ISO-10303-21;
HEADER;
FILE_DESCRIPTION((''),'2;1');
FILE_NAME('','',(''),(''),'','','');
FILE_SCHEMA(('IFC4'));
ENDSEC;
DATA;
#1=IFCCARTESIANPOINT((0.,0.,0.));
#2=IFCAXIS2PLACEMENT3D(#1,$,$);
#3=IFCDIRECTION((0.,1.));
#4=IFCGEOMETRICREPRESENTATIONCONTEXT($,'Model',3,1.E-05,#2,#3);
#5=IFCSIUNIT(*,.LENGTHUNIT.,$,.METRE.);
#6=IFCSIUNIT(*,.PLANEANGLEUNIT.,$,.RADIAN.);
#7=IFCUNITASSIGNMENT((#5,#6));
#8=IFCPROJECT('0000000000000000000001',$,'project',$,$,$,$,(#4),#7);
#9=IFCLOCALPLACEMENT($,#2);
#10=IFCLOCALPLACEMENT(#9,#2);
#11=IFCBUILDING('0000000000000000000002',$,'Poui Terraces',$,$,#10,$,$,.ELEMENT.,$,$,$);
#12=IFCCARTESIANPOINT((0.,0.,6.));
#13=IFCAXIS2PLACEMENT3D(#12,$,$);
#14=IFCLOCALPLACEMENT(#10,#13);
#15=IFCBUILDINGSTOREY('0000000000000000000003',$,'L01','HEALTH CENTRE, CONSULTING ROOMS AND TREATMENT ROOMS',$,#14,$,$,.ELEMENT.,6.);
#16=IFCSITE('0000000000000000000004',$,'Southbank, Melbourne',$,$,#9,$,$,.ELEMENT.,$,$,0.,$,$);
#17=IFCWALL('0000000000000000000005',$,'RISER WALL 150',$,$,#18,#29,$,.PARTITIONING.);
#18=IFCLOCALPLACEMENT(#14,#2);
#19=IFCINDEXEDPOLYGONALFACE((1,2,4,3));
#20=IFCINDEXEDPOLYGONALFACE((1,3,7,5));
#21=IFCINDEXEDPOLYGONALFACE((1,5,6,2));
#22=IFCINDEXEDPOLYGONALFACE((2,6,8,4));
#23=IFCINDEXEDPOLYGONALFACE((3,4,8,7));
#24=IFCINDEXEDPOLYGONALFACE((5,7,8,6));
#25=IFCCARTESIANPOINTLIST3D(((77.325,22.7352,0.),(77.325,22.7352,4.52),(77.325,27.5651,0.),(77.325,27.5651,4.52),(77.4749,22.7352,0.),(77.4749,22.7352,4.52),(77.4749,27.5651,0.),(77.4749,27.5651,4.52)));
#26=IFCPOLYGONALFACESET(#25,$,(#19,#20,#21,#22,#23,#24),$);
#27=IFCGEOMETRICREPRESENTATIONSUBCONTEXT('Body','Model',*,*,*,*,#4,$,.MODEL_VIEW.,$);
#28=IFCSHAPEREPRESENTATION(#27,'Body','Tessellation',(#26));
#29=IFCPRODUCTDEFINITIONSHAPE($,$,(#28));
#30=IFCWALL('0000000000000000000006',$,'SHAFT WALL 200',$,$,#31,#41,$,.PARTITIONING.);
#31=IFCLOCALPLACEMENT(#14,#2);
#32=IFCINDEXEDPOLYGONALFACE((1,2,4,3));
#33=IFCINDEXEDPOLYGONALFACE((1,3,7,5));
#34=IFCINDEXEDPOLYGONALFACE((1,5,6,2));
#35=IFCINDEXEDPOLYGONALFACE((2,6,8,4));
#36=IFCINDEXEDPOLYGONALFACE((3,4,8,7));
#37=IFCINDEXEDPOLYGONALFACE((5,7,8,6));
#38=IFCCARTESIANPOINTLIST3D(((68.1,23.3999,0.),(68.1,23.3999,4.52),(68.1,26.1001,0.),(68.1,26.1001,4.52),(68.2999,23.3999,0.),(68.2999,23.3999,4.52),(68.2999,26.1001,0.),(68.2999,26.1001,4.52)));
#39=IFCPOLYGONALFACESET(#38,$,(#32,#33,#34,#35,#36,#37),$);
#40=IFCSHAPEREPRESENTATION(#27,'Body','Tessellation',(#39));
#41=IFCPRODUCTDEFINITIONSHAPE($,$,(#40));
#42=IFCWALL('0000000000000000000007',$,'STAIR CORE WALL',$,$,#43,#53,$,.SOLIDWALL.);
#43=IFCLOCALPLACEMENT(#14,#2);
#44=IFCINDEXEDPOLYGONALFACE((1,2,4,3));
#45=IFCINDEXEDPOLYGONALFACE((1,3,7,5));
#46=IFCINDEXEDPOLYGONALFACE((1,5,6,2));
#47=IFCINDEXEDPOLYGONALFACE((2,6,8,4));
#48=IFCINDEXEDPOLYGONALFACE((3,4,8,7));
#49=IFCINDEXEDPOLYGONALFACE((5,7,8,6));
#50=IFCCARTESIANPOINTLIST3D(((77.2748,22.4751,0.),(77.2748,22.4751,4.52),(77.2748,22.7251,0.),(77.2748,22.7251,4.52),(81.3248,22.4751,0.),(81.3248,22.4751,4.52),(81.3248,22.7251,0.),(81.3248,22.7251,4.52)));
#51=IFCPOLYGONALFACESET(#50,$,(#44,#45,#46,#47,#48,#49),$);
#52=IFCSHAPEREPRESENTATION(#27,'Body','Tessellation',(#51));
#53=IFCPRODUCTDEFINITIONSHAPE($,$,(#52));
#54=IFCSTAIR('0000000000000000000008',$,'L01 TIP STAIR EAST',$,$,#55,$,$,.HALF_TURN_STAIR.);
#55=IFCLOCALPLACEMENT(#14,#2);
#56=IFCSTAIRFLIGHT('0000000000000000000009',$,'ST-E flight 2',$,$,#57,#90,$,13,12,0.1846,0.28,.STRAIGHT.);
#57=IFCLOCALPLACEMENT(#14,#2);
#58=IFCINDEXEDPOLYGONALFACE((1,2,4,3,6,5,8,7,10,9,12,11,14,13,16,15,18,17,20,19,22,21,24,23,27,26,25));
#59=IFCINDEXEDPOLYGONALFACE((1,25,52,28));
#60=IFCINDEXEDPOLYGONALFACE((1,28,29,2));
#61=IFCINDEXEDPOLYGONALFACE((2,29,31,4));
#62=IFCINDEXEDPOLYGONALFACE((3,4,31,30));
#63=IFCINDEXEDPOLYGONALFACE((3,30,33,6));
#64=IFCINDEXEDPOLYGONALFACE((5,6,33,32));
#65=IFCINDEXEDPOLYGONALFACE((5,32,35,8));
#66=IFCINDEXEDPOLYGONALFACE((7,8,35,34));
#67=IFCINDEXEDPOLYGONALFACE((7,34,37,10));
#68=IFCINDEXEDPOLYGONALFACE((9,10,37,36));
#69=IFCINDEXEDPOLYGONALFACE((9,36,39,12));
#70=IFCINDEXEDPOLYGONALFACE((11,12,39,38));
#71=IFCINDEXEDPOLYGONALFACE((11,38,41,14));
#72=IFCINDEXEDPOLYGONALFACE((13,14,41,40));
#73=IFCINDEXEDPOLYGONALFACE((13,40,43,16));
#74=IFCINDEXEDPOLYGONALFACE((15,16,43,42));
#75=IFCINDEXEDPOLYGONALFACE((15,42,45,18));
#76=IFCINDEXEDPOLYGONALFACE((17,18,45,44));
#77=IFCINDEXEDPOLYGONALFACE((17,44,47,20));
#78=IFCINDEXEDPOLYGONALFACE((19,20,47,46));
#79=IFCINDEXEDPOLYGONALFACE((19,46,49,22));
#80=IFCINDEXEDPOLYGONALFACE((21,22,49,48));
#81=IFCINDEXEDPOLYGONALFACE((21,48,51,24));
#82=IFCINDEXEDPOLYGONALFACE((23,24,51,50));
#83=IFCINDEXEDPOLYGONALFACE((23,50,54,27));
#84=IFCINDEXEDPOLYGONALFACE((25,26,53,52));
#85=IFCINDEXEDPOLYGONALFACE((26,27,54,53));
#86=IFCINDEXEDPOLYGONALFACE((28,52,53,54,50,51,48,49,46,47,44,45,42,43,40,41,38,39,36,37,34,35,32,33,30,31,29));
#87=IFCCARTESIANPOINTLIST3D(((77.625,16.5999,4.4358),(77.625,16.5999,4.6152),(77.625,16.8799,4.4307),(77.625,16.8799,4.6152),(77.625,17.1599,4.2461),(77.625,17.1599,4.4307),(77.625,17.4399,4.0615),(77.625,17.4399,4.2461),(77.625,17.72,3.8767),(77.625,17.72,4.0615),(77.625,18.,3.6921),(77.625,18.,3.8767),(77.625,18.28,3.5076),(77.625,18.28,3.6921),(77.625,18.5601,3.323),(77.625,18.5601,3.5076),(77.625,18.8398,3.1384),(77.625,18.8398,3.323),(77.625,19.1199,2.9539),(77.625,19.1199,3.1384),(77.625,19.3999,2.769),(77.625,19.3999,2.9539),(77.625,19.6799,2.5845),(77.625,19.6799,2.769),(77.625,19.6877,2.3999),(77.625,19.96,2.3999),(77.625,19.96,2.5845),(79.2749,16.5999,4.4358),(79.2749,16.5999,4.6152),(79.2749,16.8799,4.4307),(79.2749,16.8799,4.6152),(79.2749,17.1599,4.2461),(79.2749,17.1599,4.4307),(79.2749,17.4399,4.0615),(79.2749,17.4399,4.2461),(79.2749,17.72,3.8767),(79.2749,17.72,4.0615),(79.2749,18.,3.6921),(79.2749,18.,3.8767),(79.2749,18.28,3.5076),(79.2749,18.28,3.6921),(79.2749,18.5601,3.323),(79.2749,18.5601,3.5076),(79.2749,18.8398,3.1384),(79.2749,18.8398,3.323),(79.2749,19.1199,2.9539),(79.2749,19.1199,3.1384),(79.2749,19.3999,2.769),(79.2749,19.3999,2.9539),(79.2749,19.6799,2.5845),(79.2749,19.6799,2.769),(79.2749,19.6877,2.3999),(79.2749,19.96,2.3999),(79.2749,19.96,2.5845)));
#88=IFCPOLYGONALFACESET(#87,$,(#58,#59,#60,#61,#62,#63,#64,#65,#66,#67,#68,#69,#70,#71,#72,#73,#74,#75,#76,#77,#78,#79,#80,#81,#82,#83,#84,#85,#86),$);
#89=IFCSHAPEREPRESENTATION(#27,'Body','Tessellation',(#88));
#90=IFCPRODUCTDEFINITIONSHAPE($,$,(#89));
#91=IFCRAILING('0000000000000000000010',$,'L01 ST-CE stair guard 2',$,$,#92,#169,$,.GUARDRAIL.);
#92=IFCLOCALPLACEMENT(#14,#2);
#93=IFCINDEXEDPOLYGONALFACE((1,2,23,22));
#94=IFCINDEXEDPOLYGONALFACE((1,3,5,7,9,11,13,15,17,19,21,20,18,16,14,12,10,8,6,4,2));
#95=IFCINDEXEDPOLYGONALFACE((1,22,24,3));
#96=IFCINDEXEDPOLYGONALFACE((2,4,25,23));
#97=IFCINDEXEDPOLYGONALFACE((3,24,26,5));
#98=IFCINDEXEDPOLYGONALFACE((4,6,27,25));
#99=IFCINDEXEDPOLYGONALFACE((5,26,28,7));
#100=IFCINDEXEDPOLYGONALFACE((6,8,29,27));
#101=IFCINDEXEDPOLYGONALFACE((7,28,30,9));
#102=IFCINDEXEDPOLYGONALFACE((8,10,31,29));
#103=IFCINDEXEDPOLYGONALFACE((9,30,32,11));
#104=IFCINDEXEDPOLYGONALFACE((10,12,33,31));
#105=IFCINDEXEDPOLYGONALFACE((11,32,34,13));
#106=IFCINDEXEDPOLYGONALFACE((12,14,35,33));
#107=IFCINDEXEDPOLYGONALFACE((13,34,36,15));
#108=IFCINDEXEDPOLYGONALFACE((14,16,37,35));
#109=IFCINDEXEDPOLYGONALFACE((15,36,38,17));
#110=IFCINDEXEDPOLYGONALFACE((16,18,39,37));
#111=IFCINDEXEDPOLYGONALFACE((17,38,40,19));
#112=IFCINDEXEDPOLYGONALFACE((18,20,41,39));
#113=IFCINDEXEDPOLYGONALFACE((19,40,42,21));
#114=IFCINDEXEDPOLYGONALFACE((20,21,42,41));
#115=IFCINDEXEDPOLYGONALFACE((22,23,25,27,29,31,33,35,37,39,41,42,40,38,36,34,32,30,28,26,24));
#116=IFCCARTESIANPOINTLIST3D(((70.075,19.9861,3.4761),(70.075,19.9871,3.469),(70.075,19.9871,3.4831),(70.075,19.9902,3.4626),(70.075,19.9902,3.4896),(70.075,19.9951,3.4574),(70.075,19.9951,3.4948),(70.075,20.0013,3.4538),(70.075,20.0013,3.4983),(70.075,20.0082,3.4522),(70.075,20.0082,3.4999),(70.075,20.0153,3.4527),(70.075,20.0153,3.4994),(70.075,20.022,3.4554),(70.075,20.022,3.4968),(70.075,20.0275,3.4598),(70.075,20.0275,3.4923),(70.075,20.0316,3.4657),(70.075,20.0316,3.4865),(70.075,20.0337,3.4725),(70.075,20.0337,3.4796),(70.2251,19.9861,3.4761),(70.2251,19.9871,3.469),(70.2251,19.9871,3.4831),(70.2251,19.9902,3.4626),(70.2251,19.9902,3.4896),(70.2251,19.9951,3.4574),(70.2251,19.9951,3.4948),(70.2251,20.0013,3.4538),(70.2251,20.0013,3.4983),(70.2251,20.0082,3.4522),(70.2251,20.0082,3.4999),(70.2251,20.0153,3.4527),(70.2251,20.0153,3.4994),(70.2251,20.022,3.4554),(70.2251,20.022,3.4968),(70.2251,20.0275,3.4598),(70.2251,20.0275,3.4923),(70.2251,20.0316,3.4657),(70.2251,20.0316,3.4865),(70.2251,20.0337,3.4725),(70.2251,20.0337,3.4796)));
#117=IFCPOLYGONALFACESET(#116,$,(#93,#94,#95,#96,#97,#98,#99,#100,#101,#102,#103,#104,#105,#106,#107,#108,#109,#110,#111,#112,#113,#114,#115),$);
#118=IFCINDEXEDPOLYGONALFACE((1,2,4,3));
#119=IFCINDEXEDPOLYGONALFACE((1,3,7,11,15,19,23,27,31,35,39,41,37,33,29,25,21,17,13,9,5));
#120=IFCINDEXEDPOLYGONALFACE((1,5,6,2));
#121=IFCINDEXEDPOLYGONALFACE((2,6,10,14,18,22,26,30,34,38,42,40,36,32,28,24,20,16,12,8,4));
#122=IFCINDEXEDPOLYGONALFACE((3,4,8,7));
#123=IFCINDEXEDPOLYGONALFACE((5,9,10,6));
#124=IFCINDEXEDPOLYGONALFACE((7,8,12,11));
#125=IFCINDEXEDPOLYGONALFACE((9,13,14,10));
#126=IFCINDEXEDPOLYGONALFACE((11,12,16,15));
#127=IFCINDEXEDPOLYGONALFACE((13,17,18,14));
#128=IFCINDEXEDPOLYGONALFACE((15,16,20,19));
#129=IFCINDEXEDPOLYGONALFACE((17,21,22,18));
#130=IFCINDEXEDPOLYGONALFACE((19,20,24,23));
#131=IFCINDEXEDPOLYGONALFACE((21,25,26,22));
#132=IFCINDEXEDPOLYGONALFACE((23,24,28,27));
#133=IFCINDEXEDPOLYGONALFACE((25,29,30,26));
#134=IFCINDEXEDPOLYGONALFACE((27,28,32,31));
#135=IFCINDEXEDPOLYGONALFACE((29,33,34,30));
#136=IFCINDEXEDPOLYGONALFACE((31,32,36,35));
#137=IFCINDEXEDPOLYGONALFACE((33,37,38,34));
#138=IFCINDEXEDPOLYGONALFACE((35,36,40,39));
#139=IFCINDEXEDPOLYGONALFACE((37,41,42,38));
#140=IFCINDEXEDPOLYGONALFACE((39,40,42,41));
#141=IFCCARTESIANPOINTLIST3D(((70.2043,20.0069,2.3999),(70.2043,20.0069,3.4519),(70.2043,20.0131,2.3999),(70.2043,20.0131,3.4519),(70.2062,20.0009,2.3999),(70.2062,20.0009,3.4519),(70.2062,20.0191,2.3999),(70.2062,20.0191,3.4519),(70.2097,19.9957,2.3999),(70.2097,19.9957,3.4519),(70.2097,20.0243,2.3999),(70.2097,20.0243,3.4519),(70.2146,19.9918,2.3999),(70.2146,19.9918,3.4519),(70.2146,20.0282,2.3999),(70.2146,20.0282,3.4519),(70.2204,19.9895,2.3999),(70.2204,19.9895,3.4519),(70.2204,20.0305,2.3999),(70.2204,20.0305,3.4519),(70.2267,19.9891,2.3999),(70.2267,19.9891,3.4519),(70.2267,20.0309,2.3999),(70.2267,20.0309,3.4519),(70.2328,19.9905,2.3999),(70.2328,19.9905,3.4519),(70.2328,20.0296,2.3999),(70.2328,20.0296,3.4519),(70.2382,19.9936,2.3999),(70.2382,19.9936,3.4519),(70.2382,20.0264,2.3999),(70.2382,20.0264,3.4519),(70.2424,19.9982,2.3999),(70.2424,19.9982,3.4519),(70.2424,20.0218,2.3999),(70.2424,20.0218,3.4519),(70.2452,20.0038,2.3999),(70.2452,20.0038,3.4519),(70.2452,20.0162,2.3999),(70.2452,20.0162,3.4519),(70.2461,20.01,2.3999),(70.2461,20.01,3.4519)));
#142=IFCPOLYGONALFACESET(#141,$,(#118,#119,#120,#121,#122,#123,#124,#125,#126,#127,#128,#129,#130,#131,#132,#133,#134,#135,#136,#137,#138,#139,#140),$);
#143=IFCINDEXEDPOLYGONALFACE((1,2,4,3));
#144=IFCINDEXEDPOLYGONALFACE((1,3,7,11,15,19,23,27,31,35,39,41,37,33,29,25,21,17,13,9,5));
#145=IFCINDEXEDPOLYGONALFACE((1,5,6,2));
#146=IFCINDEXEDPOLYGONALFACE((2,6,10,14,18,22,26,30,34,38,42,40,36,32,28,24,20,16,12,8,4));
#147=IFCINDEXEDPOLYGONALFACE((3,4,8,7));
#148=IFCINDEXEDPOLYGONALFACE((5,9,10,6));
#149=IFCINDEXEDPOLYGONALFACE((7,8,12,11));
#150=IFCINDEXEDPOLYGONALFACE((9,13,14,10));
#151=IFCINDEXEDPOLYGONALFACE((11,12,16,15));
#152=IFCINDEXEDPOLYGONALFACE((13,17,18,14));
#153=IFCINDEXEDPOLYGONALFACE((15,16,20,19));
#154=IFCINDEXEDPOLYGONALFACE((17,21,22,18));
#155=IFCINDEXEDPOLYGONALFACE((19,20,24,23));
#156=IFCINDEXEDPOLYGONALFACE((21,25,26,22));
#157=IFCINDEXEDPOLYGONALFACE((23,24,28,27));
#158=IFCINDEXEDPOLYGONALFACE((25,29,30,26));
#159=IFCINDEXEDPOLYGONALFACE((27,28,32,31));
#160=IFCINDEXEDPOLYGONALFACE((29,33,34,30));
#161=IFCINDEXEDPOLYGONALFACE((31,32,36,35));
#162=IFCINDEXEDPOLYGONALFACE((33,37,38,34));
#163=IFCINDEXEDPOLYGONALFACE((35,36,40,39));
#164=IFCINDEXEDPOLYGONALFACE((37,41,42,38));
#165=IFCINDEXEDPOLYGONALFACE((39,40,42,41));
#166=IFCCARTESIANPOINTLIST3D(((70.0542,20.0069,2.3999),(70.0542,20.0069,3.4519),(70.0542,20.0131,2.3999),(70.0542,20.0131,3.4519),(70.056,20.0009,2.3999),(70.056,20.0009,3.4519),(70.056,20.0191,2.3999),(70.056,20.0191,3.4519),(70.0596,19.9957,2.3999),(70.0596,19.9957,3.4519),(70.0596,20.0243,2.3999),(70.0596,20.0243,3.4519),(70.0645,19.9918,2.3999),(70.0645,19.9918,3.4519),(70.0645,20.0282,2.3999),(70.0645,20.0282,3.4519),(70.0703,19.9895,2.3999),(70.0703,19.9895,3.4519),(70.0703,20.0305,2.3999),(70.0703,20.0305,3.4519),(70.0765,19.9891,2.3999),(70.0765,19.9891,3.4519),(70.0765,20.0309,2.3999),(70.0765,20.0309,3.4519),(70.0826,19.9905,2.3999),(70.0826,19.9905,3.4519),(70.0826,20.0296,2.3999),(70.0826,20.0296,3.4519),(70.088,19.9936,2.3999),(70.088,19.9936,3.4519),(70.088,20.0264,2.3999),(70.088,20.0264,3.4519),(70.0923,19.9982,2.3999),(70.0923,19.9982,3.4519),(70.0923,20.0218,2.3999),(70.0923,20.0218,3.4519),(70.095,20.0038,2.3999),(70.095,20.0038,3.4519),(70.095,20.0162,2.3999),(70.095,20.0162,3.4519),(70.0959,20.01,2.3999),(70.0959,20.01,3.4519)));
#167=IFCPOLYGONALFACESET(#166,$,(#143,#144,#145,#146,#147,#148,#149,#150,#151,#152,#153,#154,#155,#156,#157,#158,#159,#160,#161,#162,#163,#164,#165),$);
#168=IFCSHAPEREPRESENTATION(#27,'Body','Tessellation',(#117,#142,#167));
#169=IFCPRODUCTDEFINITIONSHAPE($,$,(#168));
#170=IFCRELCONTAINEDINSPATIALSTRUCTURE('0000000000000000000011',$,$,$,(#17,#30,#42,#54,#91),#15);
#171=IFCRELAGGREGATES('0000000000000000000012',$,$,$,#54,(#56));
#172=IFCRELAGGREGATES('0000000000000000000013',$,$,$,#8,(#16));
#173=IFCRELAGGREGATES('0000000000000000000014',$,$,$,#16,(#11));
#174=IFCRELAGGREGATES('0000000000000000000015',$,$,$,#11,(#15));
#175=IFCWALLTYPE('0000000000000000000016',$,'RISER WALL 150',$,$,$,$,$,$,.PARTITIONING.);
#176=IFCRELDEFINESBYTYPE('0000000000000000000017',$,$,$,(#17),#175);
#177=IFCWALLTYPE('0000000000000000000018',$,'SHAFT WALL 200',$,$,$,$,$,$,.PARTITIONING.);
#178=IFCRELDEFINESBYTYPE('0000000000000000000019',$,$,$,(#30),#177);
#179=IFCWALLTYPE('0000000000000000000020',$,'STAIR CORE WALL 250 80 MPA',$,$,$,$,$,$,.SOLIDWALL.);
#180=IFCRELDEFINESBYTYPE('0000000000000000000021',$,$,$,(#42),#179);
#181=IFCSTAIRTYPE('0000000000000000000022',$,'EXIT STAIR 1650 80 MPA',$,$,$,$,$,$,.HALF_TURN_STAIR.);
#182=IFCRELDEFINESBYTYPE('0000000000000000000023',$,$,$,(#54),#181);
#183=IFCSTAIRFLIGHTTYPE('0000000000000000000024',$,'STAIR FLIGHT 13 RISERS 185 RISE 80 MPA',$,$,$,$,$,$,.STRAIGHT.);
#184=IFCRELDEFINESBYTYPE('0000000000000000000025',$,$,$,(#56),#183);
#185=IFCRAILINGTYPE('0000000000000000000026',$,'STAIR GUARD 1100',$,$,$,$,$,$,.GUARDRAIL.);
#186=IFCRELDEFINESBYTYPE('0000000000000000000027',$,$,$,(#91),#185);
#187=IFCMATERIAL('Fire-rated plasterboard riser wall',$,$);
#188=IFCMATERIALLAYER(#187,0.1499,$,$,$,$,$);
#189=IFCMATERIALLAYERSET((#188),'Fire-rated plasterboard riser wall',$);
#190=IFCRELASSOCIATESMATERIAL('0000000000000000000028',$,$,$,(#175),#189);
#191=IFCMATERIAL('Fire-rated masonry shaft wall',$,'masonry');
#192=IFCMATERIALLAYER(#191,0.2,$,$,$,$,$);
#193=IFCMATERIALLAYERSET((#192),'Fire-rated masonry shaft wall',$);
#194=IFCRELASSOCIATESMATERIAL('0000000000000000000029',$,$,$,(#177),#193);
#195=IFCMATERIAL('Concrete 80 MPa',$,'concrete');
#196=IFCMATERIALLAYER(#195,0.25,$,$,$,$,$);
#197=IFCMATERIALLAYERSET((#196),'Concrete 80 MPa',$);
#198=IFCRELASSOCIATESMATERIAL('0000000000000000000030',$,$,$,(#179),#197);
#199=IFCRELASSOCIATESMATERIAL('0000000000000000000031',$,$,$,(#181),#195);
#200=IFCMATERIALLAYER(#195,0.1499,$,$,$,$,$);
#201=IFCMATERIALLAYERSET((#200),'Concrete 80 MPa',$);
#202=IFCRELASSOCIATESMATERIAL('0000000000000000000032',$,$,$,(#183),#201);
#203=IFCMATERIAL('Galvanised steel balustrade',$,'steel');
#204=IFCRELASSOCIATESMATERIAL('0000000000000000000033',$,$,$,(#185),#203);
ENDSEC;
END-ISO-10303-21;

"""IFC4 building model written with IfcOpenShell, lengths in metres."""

from ifc_helpers import new_model, si_unit, direction, frame, frame_2d, origin, origin_2d, place, context, subcontext, project, spatial, polyline, rectangle, circle, outline, extrude, material, layer, layer_set, type_object, element, aggregate, save


model = new_model("IFC4")

# Units and contexts
model_context = context("Model", 3, precision=1e-05, world=origin(), true_north=direction((0.0, 1.0)))
body_context = subcontext(model_context, "Body", "Model", "MODEL_VIEW")
ifc_project = project(units=[si_unit("LENGTHUNIT", "METRE"), si_unit("PLANEANGLEUNIT", "RADIAN")], contexts=[model_context])

# Site, building, storey
site_placement = place(None, origin())
site = spatial("IfcSite", under=ifc_project, at=site_placement, Name="Southbank, Melbourne", CompositionType="ELEMENT", RefElevation=0.0)
building_placement = place(site_placement, origin())
building = spatial("IfcBuilding", under=site, at=building_placement, Name="Poui Terraces", CompositionType="ELEMENT")
storey_placement = place(building_placement, frame((0.0, 0.0, 6.0)))
storey = spatial("IfcBuildingStorey", under=building, at=storey_placement, Name="L01", Description="HEALTH CENTRE, CONSULTING ROOMS AND TREATMENT ROOMS", CompositionType="ELEMENT", Elevation=6.0)

# Shared definitions
ifc_material_1 = material(Name="Concrete 80 MPa", Category="concrete")

# Walls
ifc_material_2 = material(Name="Fire-rated plasterboard riser wall")
ifc_layer_1 = layer(ifc_material_2, 0.1499)
ifc_layer_set_1 = layer_set([ifc_layer_1], Name="Fire-rated plasterboard riser wall")
wall_type_1 = type_object("IfcWallType", Name="RISER WALL 150", PredefinedType="PARTITIONING", material=ifc_layer_set_1)
for number, where, z_axis, x_axis, name in (
    (1, (77.3999, 22.7351, 0.0), (0.0, 0.0, 1.0), (0.0, 1.0, 0.0), "RISER WALL 150"),
):
    element("IfcWall", number, at=place(storey_placement, frame(where, z_axis=z_axis, x_axis=x_axis)), inside=storey, type_object=wall_type_1, Name=name, PredefinedType="PARTITIONING", context=body_context, shape_type="SweptSolid", body=[
        extrude(rectangle(XDim=4.8298, YDim=0.1499, at=frame_2d((2.415, 0.0))), origin(), (0.0, 0.0, 1.0), 4.52),
    ])
ifc_material_3 = material(Name="Fire-rated masonry shaft wall", Category="masonry")
ifc_layer_2 = layer(ifc_material_3, 0.2)
ifc_layer_set_2 = layer_set([ifc_layer_2], Name="Fire-rated masonry shaft wall")
wall_type_2 = type_object("IfcWallType", Name="SHAFT WALL 200", PredefinedType="PARTITIONING", material=ifc_layer_set_2)
wall_1_placement = place(storey_placement, frame((68.2, 23.3999, 0.0), z_axis=(0.0, 0.0, 1.0), x_axis=(0.0, 1.0, 0.0)))
element("IfcWall", 2, at=wall_1_placement, inside=storey, type_object=wall_type_2, Name="SHAFT WALL 200", PredefinedType="PARTITIONING", context=body_context, shape_type="SweptSolid", body=[
    extrude(rectangle(XDim=2.7002, YDim=0.2, at=frame_2d((1.3501, 0.0))), origin(), (0.0, 0.0, 1.0), 4.52),
])
ifc_layer_3 = layer(ifc_material_1, 0.25)
ifc_layer_set_3 = layer_set([ifc_layer_3], Name="Concrete 80 MPa")
wall_type_3 = type_object("IfcWallType", Name="STAIR CORE WALL 250 80 MPA", PredefinedType="SOLIDWALL", material=ifc_layer_set_3)
wall_2_placement = place(storey_placement, frame((77.2749, 22.6001, 0.0), z_axis=(0.0, 0.0, 1.0), x_axis=(1.0, 0.0, 0.0)))
element("IfcWall", 3, at=wall_2_placement, inside=storey, type_object=wall_type_3, Name="STAIR CORE WALL", PredefinedType="SOLIDWALL", context=body_context, shape_type="SweptSolid", body=[
    extrude(rectangle(XDim=4.05, YDim=0.25, at=frame_2d((2.0249, 0.0))), origin(), (0.0, 0.0, 1.0), 4.52),
])

# Stair, stair flight
stair_type = type_object("IfcStairType", Name="EXIT STAIR 1650 80 MPA", PredefinedType="HALF_TURN_STAIR", material=ifc_material_1)
stair_placement = place(storey_placement, origin())
stair = element("IfcStair", 4, at=stair_placement, inside=storey, type_object=stair_type, Name="L01 TIP STAIR EAST", PredefinedType="HALF_TURN_STAIR")
ifc_layer_4 = layer(ifc_material_1, 0.1499)
ifc_layer_set_4 = layer_set([ifc_layer_4], Name="Concrete 80 MPa")
stair_flight_type = type_object("IfcStairFlightType", Name="STAIR FLIGHT 13 RISERS 185 RISE 80 MPA", PredefinedType="STRAIGHT", material=ifc_layer_set_4)
stair_flight_placement = place(storey_placement, frame((78.45, 19.96, 2.3999), z_axis=(0.0, 0.0, 1.0), x_axis=(0.0, -1.0, 0.0)))
stair_flight = element("IfcStairFlight", 5, at=stair_flight_placement, type_object=stair_flight_type, Name="ST-E flight 2", NumberOfRisers=13, NumberOfTreads=12, PredefinedType="STRAIGHT", RiserHeight=0.1846, TreadLength=0.28, context=body_context, shape_type="SweptSolid", body=[
    extrude(outline(polyline([(0.0, 0.0), (0.0, 0.1846), (0.28, 0.1846), (0.28, 0.3691), (0.5601, 0.3691), (0.5601, 0.554), (0.8401, 0.554), (0.8401, 0.7385), (1.1201, 0.7385), (1.1201, 0.9231), (1.3999, 0.9231), (1.3999, 1.1077), (1.6799, 1.1077), (1.6799, 1.2922), (1.96, 1.2922), (1.96, 1.4768), (2.24, 1.4768), (2.24, 1.6616), (2.52, 1.6616), (2.52, 1.8462), (2.8, 1.8462), (2.8, 2.0308), (3.0801, 2.0308), (3.0801, 2.2153), (3.3601, 2.2153), (3.3601, 2.3999), (3.3601, 2.0359), (0.2722, 0.0), (0.0, 0.0)])), frame((0.0, 0.825, 0.0), z_axis=(0.0, -1.0, 0.0), x_axis=(1.0, 0.0, 0.0)), (0.0, 0.0, 1.0), 1.6499),
])
aggregate(stair, [stair_flight])

# Railing
ifc_material_4 = material(Name="Galvanised steel balustrade", Category="steel")
railing_type_1 = type_object("IfcRailingType", Name="STAIR GUARD 1100", PredefinedType="GUARDRAIL", material=ifc_material_4)
for number, where, name in (
    (6, (70.2251, 20.01, 2.3999), "L01 ST-CE stair guard 2"),
):
    element("IfcRailing", number, at=place(storey_placement, frame(where)), inside=storey, type_object=railing_type_1, Name=name, PredefinedType="GUARDRAIL", context=body_context, shape_type="SweptSolid", body=[
        extrude(circle(Radius=0.0239, at=origin_2d()), frame((0.0, 0.0, 1.0762), z_axis=(-1.0, 0.0, 0.0), x_axis=(0.0, -1.0, 0.0)), (0.0, 0.0, 1.0), 0.1501),
        extrude(circle(Radius=0.021, at=origin_2d()), origin(), (0.0, 0.0, 1.0), 1.052),
        extrude(circle(Radius=0.021, at=origin_2d()), frame((-0.1501, 0.0, 0.0)), (0.0, 0.0, 1.0), 1.052),
    ])

save(model, "model.ifc")
